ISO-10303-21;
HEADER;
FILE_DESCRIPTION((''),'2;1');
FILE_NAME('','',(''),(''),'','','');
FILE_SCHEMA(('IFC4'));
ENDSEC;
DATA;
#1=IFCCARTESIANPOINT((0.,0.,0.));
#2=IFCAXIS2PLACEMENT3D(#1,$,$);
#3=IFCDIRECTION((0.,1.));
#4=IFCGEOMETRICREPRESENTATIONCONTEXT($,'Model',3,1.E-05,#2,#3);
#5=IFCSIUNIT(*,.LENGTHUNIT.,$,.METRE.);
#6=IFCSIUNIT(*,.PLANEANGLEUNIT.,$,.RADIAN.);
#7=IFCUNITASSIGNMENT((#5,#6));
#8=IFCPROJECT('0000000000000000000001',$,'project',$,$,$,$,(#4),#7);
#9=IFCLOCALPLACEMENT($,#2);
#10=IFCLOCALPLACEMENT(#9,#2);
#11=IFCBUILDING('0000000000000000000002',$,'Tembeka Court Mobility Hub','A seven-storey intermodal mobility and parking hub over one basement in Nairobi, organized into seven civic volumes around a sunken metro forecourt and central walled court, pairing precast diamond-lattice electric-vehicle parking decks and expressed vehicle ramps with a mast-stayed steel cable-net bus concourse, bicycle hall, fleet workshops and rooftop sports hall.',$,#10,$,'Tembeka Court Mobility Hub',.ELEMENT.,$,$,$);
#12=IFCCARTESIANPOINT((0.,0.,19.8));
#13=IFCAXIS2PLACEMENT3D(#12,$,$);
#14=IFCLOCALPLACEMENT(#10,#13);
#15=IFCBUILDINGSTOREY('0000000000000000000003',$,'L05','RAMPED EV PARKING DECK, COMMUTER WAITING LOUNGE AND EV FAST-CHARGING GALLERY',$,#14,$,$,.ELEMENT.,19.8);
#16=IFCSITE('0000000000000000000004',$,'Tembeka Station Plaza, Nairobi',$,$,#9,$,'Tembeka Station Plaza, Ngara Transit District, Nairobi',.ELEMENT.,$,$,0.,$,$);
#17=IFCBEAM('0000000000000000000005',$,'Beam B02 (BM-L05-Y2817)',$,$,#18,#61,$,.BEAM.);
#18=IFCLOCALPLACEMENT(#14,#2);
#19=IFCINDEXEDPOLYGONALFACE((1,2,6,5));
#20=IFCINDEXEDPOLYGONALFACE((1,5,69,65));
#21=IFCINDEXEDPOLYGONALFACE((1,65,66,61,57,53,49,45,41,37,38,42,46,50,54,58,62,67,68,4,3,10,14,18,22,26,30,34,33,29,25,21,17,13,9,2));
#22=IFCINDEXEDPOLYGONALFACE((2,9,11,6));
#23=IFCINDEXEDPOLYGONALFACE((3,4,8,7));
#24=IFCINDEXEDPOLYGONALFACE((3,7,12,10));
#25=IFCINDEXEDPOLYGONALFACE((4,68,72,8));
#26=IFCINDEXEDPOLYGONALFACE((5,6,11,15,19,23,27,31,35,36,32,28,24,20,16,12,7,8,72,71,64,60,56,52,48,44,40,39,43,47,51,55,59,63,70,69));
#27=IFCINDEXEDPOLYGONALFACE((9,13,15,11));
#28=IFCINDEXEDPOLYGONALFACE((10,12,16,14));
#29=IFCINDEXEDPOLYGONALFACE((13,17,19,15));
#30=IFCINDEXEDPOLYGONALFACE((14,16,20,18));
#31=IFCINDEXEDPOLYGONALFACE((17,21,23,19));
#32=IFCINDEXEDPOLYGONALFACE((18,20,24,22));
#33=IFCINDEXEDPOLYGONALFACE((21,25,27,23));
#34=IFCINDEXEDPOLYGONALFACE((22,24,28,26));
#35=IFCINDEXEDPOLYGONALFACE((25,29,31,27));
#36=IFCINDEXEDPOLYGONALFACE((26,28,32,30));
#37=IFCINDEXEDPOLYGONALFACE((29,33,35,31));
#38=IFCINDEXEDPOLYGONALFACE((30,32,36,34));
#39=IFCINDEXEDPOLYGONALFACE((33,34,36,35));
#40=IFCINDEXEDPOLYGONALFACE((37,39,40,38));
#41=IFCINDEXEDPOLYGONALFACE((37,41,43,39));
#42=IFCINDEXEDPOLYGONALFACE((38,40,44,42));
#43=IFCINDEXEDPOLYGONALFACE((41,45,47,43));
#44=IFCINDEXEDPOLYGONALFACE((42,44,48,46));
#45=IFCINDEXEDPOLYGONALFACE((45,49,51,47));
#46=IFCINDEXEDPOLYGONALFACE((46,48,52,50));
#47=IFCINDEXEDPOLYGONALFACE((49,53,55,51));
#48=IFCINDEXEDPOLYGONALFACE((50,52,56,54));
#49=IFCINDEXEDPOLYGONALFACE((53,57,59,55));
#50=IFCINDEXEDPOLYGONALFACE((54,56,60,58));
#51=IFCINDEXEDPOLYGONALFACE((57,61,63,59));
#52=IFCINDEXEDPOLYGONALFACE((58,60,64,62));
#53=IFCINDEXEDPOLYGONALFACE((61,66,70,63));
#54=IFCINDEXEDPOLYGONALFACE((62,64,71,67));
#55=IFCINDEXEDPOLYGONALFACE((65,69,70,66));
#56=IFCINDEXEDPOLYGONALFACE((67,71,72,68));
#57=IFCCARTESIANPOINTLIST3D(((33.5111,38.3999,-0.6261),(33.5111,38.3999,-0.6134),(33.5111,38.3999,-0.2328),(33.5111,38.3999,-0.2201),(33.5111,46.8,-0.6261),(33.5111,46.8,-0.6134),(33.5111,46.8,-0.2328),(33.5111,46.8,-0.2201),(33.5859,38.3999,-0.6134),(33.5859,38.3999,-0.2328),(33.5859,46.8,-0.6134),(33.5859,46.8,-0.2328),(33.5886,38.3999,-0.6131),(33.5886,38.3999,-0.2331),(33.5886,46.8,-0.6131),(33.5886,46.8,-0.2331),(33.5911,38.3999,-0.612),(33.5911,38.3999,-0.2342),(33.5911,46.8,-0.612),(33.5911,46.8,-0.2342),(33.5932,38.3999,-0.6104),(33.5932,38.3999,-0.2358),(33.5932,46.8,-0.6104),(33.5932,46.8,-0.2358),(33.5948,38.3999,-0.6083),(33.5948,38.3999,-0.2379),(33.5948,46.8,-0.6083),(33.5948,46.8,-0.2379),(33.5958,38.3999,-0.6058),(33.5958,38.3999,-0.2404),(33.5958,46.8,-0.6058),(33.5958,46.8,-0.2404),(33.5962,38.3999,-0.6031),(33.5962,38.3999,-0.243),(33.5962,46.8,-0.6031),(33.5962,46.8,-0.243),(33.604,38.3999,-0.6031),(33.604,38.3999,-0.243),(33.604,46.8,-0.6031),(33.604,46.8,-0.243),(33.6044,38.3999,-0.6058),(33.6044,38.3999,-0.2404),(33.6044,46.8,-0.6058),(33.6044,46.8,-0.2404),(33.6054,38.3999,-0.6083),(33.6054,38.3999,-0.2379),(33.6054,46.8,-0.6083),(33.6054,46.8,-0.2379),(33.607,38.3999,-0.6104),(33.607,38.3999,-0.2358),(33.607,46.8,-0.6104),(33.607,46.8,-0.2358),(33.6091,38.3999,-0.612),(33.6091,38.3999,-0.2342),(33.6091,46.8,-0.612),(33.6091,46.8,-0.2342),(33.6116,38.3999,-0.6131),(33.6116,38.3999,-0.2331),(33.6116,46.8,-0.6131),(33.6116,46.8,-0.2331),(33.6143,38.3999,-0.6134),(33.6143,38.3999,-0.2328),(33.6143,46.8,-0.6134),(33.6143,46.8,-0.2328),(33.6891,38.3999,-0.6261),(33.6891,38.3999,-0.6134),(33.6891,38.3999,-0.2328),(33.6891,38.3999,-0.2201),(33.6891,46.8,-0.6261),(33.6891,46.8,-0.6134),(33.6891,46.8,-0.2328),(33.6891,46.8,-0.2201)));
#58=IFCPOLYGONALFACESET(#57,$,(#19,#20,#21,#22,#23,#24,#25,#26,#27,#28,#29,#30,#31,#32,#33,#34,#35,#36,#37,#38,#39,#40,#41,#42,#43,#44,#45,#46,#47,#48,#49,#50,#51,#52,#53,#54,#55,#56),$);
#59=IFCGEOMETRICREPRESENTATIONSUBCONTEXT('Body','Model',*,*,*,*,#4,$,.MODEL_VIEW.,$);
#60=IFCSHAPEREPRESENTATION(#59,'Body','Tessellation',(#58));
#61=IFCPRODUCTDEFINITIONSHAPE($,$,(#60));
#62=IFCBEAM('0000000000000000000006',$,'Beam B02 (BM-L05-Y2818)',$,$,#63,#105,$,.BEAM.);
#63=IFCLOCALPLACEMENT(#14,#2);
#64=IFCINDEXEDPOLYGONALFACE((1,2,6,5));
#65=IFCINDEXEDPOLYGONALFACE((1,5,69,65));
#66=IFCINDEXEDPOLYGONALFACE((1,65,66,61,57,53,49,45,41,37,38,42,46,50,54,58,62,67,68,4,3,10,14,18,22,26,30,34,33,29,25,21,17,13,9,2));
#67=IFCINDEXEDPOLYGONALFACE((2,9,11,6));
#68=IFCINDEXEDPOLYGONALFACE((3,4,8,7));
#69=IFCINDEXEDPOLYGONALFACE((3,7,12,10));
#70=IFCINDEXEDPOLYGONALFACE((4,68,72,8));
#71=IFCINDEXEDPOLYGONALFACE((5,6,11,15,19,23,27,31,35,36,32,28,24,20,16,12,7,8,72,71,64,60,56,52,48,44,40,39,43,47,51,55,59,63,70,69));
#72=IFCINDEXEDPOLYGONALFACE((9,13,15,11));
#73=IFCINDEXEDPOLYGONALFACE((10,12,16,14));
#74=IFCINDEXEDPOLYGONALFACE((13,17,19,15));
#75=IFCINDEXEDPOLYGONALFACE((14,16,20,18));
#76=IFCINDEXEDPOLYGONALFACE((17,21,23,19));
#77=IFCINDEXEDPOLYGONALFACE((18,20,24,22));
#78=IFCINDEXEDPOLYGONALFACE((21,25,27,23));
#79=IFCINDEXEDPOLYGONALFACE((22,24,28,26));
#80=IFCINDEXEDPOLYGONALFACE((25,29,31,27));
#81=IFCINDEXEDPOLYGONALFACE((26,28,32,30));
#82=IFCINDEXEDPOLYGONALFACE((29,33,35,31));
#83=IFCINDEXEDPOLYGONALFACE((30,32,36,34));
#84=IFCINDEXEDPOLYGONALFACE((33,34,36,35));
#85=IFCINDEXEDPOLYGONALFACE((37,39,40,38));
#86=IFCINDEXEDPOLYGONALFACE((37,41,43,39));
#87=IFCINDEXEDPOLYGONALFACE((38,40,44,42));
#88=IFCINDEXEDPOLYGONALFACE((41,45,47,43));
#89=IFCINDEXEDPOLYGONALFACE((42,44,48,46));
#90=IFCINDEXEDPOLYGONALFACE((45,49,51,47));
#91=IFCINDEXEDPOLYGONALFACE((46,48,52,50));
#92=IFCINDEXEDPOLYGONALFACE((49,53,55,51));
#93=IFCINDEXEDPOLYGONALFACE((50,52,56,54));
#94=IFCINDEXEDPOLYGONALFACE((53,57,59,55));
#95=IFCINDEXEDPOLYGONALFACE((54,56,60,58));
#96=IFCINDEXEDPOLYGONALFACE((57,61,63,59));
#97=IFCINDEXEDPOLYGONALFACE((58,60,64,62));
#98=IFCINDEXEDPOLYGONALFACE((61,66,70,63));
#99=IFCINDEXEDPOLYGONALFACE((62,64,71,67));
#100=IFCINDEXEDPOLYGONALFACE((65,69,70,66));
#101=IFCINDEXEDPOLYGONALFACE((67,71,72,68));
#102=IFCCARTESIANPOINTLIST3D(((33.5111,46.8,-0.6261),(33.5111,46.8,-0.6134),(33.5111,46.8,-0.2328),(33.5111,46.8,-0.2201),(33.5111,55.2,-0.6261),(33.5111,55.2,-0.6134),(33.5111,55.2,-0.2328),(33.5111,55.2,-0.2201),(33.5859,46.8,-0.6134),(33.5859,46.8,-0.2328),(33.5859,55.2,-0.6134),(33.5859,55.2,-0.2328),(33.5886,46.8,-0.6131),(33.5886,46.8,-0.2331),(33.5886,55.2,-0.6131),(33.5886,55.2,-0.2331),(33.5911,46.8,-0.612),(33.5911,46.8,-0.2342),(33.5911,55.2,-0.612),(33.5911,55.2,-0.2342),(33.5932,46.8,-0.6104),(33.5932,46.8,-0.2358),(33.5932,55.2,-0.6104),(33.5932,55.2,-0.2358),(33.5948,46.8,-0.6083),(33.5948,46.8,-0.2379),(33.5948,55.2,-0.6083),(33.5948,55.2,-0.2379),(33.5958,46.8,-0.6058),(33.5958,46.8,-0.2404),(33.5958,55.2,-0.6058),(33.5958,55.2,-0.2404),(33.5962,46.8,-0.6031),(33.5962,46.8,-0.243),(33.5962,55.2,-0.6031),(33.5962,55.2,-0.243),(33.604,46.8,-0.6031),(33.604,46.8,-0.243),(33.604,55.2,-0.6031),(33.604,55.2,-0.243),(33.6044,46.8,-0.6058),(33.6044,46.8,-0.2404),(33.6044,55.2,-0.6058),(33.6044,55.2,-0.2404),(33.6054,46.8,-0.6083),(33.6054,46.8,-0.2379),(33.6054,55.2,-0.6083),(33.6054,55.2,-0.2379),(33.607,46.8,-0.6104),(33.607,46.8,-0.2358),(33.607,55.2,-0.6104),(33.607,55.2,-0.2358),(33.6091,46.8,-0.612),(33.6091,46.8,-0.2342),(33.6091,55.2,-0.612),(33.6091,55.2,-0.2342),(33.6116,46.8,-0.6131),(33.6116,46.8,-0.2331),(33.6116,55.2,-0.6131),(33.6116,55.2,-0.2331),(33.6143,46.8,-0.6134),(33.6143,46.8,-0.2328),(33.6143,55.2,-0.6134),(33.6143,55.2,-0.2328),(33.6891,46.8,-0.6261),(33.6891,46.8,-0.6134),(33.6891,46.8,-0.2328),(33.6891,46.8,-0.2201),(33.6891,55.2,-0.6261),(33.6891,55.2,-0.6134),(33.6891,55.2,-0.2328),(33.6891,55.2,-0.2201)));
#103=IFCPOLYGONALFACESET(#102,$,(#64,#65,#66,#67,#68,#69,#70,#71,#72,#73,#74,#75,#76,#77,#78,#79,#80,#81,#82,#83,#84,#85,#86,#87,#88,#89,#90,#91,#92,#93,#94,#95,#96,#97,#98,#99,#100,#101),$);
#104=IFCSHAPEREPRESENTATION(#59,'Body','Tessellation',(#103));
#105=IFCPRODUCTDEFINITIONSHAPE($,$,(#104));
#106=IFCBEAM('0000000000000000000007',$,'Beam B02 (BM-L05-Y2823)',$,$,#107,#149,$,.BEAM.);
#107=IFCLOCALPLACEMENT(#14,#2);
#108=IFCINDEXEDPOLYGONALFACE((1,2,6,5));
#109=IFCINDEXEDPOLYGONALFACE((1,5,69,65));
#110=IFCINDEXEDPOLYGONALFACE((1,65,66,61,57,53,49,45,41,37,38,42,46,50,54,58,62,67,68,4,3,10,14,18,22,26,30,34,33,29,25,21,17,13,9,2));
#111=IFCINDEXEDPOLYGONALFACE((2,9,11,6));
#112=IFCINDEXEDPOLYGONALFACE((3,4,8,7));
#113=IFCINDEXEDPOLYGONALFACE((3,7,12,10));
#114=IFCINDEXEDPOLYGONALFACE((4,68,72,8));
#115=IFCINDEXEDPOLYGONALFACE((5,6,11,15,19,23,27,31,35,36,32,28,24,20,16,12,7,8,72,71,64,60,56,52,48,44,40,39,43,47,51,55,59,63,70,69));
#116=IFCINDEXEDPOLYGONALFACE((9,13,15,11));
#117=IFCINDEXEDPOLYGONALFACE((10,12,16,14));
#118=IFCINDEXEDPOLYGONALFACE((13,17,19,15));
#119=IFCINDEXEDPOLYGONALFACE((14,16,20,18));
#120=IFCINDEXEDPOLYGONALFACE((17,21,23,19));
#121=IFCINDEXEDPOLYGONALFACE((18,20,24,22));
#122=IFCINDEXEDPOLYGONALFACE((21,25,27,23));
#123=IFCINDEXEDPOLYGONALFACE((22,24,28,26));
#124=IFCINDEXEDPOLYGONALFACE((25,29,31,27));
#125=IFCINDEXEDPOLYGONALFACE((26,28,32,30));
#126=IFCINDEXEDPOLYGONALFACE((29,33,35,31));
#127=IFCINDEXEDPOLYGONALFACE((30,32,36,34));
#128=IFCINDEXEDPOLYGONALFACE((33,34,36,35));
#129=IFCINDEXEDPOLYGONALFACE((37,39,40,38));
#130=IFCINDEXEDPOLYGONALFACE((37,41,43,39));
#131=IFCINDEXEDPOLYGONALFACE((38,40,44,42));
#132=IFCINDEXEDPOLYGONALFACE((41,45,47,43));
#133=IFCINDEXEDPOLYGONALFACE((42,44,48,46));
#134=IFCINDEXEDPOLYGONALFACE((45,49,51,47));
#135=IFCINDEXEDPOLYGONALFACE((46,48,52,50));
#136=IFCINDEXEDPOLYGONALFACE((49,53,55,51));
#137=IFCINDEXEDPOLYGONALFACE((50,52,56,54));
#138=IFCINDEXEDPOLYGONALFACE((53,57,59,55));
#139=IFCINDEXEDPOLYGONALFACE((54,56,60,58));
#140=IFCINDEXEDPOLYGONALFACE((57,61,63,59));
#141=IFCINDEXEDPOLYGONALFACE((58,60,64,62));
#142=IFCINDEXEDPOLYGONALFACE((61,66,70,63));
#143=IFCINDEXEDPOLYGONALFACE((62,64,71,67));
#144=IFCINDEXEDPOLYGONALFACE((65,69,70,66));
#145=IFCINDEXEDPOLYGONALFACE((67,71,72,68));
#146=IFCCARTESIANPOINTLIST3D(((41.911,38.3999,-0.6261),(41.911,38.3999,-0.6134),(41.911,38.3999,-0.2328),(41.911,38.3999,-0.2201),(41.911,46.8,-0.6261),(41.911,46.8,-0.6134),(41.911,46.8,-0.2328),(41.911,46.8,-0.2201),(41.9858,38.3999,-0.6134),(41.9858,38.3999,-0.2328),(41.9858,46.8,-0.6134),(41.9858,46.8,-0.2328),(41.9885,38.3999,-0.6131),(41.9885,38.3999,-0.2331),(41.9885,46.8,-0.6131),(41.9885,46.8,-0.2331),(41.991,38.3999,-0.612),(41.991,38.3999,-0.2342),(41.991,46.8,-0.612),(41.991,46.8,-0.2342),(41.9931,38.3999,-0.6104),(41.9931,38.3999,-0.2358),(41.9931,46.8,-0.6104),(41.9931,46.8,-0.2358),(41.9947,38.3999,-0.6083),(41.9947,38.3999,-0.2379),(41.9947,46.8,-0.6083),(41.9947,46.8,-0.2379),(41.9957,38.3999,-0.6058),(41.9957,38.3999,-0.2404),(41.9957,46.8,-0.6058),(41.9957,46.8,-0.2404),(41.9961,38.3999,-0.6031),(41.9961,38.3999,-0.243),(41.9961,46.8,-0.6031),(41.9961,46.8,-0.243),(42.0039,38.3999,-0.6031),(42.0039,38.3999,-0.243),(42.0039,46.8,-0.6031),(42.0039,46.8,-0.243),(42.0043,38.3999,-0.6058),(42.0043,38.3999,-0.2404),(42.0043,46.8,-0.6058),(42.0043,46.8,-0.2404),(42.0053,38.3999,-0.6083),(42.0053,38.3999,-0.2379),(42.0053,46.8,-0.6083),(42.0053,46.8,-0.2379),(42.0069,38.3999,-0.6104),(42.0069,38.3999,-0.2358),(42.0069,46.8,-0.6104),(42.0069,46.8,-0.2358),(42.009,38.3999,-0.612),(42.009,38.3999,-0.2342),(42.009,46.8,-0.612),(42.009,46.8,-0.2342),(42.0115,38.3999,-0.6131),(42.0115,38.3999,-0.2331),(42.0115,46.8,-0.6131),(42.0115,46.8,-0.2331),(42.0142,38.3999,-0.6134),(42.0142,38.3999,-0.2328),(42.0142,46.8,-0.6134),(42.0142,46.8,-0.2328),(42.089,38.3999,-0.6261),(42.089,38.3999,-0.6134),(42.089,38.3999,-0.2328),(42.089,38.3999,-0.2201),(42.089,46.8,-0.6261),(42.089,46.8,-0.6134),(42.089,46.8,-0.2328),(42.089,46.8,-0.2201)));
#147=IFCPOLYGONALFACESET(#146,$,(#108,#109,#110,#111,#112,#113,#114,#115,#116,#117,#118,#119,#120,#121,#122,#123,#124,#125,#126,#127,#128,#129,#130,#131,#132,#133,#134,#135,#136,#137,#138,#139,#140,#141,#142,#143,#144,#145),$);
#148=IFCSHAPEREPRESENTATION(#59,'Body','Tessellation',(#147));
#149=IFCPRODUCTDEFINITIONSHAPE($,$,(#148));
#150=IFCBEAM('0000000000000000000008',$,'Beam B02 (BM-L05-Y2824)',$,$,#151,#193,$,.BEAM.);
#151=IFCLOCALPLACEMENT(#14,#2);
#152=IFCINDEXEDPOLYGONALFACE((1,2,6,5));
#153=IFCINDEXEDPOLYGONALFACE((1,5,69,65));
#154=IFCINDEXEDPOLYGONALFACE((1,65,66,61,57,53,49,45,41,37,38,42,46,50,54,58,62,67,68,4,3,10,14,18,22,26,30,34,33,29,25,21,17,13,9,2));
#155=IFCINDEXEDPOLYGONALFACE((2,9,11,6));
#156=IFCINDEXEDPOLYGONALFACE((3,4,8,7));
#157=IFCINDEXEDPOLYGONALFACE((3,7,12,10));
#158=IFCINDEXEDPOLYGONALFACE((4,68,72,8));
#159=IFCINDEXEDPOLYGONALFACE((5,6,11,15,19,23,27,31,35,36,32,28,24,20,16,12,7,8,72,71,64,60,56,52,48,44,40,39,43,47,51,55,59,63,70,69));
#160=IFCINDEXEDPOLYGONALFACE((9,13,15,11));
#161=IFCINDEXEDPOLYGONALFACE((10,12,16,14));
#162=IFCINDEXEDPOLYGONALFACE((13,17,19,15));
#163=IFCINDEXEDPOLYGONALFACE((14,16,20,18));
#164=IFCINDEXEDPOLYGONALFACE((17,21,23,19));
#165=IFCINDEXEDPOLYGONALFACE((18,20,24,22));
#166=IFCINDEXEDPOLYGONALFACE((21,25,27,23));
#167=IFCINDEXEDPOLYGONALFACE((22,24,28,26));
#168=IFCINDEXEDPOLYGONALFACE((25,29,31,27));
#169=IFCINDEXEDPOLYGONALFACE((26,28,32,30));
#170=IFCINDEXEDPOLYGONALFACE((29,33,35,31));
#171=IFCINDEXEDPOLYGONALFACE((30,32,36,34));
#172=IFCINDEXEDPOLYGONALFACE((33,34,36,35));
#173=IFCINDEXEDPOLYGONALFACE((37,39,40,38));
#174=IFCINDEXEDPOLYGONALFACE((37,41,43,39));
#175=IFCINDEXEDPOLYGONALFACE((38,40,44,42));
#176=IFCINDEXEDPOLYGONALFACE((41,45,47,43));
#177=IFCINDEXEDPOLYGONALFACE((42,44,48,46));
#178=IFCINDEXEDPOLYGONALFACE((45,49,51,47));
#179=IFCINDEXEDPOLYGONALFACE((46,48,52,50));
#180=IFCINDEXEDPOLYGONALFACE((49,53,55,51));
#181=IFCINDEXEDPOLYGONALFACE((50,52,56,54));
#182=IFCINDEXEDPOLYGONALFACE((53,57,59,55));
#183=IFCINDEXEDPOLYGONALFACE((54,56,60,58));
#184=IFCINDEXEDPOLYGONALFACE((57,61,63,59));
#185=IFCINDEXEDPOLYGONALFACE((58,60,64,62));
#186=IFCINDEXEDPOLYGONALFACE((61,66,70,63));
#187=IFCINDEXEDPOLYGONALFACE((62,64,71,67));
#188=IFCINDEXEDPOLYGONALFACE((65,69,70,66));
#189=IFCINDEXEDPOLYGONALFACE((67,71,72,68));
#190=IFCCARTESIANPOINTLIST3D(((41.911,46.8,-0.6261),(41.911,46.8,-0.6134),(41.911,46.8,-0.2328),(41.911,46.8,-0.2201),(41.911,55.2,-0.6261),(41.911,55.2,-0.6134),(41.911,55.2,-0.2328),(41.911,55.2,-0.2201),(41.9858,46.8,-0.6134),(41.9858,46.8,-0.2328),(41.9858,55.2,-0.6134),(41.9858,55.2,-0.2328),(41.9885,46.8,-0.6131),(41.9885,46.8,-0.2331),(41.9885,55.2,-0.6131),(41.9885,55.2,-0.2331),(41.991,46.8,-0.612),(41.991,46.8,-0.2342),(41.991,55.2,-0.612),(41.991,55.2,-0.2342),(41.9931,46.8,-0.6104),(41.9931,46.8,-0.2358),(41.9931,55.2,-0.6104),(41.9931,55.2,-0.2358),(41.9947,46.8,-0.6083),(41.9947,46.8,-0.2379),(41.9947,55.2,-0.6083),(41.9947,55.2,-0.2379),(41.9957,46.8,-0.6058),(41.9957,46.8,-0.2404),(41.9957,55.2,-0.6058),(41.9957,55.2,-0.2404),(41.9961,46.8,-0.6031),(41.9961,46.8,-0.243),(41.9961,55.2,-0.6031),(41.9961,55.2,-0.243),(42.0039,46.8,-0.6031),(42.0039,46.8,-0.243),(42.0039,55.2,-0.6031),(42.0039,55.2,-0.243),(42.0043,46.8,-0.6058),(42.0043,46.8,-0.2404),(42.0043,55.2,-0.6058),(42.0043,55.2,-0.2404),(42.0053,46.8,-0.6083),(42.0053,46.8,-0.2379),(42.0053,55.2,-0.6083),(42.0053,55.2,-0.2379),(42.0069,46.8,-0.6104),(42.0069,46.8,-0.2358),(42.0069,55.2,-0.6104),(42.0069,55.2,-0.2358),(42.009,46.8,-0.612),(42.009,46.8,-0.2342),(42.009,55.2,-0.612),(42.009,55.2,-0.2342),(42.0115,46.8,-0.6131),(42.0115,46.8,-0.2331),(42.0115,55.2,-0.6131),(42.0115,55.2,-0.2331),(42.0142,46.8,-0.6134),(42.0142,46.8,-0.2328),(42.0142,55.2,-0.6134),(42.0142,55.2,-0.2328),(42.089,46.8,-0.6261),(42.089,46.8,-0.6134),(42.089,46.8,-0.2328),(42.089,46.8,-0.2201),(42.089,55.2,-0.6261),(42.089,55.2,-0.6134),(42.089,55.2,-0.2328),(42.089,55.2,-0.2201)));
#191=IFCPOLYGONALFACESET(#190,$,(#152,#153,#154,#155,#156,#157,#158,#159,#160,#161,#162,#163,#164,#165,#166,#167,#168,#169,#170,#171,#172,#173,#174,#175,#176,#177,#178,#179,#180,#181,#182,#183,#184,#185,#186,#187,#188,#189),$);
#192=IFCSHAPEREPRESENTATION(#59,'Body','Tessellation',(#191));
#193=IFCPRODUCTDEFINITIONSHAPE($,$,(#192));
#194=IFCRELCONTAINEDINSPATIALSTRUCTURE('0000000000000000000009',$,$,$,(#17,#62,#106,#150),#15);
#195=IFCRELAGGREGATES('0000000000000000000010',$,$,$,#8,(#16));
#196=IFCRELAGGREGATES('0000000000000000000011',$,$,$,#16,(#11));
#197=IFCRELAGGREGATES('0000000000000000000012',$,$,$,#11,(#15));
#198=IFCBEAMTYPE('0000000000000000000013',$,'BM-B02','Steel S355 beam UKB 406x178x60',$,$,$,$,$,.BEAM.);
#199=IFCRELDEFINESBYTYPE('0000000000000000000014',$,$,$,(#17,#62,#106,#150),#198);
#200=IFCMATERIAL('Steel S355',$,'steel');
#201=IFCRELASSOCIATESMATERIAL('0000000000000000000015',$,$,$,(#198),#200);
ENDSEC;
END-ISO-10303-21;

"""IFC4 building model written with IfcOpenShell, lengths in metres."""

from ifc_helpers import new_model, si_unit, direction, frame, origin, origin_2d, place, context, subcontext, project, spatial, i_section, extrude, material, material_profile, profile_set, type_object, element, save


model = new_model("IFC4")

# Units and contexts
model_context = context("Model", 3, precision=1e-05, world=origin(), true_north=direction((0.0, 1.0)))
body_context = subcontext(model_context, "Body", "Model", "MODEL_VIEW")
ifc_project = project(units=[si_unit("LENGTHUNIT", "METRE"), si_unit("PLANEANGLEUNIT", "RADIAN")], contexts=[model_context])

# Site, building, storey
site_placement = place(None, origin())
site = spatial("IfcSite", under=ifc_project, at=site_placement, Name="Tembeka Station Plaza, Nairobi", LongName="Tembeka Station Plaza, Ngara Transit District, Nairobi", CompositionType="ELEMENT", RefElevation=0.0)
building_placement = place(site_placement, origin())
building = spatial("IfcBuilding", under=site, at=building_placement, Name="Tembeka Court Mobility Hub", Description="A seven-storey intermodal mobility and parking hub over one basement in Nairobi, organized into seven civic volumes around a sunken metro forecourt and central walled court, pairing precast diamond-lattice electric-vehicle parking decks and expressed vehicle ramps with a mast-stayed steel cable-net bus concourse, bicycle hall, fleet workshops and rooftop sports hall.", LongName="Tembeka Court Mobility Hub", CompositionType="ELEMENT")
storey_placement = place(building_placement, frame((0.0, 0.0, 19.8)))
storey = spatial("IfcBuildingStorey", under=building, at=storey_placement, Name="L05", Description="RAMPED EV PARKING DECK, COMMUTER WAITING LOUNGE AND EV FAST-CHARGING GALLERY", CompositionType="ELEMENT", Elevation=19.8)

# Shared definitions
ifc_material_1 = material(Name="Steel S355", Category="steel")

# Beams
ifc_material_profile_1 = material_profile(ifc_material_1, i_section(OverallWidth=0.178, OverallDepth=0.406, WebThickness=0.0078, FlangeThickness=0.0127, FilletRadius=0.0103, at=origin_2d()), Name="UKB 406x178x60")
ifc_profile_set_1 = profile_set([ifc_material_profile_1], Name="Steel S355")
beam_type_1 = type_object("IfcBeamType", Name="BM-B02", Description="Steel S355 beam UKB 406x178x60", PredefinedType="BEAM", material=ifc_profile_set_1)
beam_1_placement = place(storey_placement, frame((33.6001, 38.3999, -0.4231), z_axis=(0.0, 1.0, 0.0), x_axis=(-1.0, 0.0, 0.0)))
element("IfcBeam", 1, at=beam_1_placement, inside=storey, type_object=beam_type_1, Name="Beam B02 (BM-L05-Y2817)", PredefinedType="BEAM", context=body_context, shape_type="SweptSolid", body=[
    extrude(i_section(OverallWidth=0.178, OverallDepth=0.406, WebThickness=0.0078, FlangeThickness=0.0127, FilletRadius=0.0103, at=origin_2d()), origin(), (0.0, 0.0, 1.0), 8.4001),
])
beam_2_placement = place(storey_placement, frame((33.6001, 46.8, -0.4231), z_axis=(0.0, 1.0, 0.0), x_axis=(-1.0, 0.0, 0.0)))
element("IfcBeam", 2, at=beam_2_placement, inside=storey, type_object=beam_type_1, Name="Beam B02 (BM-L05-Y2818)", PredefinedType="BEAM", context=body_context, shape_type="SweptSolid", body=[
    extrude(i_section(OverallWidth=0.178, OverallDepth=0.406, WebThickness=0.0078, FlangeThickness=0.0127, FilletRadius=0.0103, at=origin_2d()), origin(), (0.0, 0.0, 1.0), 8.3999),
])
beam_3_placement = place(storey_placement, frame((42.0, 38.3999, -0.4231), z_axis=(0.0, 1.0, 0.0), x_axis=(-1.0, 0.0, 0.0)))
element("IfcBeam", 3, at=beam_3_placement, inside=storey, type_object=beam_type_1, Name="Beam B02 (BM-L05-Y2823)", PredefinedType="BEAM", context=body_context, shape_type="SweptSolid", body=[
    extrude(i_section(OverallWidth=0.178, OverallDepth=0.406, WebThickness=0.0078, FlangeThickness=0.0127, FilletRadius=0.0103, at=origin_2d()), origin(), (0.0, 0.0, 1.0), 8.4001),
])
beam_4_placement = place(storey_placement, frame((42.0, 46.8, -0.4231), z_axis=(0.0, 1.0, 0.0), x_axis=(-1.0, 0.0, 0.0)))
element("IfcBeam", 4, at=beam_4_placement, inside=storey, type_object=beam_type_1, Name="Beam B02 (BM-L05-Y2824)", PredefinedType="BEAM", context=body_context, shape_type="SweptSolid", body=[
    extrude(i_section(OverallWidth=0.178, OverallDepth=0.406, WebThickness=0.0078, FlangeThickness=0.0127, FilletRadius=0.0103, at=origin_2d()), origin(), (0.0, 0.0, 1.0), 8.3999),
])

save(model, "model.ifc")
